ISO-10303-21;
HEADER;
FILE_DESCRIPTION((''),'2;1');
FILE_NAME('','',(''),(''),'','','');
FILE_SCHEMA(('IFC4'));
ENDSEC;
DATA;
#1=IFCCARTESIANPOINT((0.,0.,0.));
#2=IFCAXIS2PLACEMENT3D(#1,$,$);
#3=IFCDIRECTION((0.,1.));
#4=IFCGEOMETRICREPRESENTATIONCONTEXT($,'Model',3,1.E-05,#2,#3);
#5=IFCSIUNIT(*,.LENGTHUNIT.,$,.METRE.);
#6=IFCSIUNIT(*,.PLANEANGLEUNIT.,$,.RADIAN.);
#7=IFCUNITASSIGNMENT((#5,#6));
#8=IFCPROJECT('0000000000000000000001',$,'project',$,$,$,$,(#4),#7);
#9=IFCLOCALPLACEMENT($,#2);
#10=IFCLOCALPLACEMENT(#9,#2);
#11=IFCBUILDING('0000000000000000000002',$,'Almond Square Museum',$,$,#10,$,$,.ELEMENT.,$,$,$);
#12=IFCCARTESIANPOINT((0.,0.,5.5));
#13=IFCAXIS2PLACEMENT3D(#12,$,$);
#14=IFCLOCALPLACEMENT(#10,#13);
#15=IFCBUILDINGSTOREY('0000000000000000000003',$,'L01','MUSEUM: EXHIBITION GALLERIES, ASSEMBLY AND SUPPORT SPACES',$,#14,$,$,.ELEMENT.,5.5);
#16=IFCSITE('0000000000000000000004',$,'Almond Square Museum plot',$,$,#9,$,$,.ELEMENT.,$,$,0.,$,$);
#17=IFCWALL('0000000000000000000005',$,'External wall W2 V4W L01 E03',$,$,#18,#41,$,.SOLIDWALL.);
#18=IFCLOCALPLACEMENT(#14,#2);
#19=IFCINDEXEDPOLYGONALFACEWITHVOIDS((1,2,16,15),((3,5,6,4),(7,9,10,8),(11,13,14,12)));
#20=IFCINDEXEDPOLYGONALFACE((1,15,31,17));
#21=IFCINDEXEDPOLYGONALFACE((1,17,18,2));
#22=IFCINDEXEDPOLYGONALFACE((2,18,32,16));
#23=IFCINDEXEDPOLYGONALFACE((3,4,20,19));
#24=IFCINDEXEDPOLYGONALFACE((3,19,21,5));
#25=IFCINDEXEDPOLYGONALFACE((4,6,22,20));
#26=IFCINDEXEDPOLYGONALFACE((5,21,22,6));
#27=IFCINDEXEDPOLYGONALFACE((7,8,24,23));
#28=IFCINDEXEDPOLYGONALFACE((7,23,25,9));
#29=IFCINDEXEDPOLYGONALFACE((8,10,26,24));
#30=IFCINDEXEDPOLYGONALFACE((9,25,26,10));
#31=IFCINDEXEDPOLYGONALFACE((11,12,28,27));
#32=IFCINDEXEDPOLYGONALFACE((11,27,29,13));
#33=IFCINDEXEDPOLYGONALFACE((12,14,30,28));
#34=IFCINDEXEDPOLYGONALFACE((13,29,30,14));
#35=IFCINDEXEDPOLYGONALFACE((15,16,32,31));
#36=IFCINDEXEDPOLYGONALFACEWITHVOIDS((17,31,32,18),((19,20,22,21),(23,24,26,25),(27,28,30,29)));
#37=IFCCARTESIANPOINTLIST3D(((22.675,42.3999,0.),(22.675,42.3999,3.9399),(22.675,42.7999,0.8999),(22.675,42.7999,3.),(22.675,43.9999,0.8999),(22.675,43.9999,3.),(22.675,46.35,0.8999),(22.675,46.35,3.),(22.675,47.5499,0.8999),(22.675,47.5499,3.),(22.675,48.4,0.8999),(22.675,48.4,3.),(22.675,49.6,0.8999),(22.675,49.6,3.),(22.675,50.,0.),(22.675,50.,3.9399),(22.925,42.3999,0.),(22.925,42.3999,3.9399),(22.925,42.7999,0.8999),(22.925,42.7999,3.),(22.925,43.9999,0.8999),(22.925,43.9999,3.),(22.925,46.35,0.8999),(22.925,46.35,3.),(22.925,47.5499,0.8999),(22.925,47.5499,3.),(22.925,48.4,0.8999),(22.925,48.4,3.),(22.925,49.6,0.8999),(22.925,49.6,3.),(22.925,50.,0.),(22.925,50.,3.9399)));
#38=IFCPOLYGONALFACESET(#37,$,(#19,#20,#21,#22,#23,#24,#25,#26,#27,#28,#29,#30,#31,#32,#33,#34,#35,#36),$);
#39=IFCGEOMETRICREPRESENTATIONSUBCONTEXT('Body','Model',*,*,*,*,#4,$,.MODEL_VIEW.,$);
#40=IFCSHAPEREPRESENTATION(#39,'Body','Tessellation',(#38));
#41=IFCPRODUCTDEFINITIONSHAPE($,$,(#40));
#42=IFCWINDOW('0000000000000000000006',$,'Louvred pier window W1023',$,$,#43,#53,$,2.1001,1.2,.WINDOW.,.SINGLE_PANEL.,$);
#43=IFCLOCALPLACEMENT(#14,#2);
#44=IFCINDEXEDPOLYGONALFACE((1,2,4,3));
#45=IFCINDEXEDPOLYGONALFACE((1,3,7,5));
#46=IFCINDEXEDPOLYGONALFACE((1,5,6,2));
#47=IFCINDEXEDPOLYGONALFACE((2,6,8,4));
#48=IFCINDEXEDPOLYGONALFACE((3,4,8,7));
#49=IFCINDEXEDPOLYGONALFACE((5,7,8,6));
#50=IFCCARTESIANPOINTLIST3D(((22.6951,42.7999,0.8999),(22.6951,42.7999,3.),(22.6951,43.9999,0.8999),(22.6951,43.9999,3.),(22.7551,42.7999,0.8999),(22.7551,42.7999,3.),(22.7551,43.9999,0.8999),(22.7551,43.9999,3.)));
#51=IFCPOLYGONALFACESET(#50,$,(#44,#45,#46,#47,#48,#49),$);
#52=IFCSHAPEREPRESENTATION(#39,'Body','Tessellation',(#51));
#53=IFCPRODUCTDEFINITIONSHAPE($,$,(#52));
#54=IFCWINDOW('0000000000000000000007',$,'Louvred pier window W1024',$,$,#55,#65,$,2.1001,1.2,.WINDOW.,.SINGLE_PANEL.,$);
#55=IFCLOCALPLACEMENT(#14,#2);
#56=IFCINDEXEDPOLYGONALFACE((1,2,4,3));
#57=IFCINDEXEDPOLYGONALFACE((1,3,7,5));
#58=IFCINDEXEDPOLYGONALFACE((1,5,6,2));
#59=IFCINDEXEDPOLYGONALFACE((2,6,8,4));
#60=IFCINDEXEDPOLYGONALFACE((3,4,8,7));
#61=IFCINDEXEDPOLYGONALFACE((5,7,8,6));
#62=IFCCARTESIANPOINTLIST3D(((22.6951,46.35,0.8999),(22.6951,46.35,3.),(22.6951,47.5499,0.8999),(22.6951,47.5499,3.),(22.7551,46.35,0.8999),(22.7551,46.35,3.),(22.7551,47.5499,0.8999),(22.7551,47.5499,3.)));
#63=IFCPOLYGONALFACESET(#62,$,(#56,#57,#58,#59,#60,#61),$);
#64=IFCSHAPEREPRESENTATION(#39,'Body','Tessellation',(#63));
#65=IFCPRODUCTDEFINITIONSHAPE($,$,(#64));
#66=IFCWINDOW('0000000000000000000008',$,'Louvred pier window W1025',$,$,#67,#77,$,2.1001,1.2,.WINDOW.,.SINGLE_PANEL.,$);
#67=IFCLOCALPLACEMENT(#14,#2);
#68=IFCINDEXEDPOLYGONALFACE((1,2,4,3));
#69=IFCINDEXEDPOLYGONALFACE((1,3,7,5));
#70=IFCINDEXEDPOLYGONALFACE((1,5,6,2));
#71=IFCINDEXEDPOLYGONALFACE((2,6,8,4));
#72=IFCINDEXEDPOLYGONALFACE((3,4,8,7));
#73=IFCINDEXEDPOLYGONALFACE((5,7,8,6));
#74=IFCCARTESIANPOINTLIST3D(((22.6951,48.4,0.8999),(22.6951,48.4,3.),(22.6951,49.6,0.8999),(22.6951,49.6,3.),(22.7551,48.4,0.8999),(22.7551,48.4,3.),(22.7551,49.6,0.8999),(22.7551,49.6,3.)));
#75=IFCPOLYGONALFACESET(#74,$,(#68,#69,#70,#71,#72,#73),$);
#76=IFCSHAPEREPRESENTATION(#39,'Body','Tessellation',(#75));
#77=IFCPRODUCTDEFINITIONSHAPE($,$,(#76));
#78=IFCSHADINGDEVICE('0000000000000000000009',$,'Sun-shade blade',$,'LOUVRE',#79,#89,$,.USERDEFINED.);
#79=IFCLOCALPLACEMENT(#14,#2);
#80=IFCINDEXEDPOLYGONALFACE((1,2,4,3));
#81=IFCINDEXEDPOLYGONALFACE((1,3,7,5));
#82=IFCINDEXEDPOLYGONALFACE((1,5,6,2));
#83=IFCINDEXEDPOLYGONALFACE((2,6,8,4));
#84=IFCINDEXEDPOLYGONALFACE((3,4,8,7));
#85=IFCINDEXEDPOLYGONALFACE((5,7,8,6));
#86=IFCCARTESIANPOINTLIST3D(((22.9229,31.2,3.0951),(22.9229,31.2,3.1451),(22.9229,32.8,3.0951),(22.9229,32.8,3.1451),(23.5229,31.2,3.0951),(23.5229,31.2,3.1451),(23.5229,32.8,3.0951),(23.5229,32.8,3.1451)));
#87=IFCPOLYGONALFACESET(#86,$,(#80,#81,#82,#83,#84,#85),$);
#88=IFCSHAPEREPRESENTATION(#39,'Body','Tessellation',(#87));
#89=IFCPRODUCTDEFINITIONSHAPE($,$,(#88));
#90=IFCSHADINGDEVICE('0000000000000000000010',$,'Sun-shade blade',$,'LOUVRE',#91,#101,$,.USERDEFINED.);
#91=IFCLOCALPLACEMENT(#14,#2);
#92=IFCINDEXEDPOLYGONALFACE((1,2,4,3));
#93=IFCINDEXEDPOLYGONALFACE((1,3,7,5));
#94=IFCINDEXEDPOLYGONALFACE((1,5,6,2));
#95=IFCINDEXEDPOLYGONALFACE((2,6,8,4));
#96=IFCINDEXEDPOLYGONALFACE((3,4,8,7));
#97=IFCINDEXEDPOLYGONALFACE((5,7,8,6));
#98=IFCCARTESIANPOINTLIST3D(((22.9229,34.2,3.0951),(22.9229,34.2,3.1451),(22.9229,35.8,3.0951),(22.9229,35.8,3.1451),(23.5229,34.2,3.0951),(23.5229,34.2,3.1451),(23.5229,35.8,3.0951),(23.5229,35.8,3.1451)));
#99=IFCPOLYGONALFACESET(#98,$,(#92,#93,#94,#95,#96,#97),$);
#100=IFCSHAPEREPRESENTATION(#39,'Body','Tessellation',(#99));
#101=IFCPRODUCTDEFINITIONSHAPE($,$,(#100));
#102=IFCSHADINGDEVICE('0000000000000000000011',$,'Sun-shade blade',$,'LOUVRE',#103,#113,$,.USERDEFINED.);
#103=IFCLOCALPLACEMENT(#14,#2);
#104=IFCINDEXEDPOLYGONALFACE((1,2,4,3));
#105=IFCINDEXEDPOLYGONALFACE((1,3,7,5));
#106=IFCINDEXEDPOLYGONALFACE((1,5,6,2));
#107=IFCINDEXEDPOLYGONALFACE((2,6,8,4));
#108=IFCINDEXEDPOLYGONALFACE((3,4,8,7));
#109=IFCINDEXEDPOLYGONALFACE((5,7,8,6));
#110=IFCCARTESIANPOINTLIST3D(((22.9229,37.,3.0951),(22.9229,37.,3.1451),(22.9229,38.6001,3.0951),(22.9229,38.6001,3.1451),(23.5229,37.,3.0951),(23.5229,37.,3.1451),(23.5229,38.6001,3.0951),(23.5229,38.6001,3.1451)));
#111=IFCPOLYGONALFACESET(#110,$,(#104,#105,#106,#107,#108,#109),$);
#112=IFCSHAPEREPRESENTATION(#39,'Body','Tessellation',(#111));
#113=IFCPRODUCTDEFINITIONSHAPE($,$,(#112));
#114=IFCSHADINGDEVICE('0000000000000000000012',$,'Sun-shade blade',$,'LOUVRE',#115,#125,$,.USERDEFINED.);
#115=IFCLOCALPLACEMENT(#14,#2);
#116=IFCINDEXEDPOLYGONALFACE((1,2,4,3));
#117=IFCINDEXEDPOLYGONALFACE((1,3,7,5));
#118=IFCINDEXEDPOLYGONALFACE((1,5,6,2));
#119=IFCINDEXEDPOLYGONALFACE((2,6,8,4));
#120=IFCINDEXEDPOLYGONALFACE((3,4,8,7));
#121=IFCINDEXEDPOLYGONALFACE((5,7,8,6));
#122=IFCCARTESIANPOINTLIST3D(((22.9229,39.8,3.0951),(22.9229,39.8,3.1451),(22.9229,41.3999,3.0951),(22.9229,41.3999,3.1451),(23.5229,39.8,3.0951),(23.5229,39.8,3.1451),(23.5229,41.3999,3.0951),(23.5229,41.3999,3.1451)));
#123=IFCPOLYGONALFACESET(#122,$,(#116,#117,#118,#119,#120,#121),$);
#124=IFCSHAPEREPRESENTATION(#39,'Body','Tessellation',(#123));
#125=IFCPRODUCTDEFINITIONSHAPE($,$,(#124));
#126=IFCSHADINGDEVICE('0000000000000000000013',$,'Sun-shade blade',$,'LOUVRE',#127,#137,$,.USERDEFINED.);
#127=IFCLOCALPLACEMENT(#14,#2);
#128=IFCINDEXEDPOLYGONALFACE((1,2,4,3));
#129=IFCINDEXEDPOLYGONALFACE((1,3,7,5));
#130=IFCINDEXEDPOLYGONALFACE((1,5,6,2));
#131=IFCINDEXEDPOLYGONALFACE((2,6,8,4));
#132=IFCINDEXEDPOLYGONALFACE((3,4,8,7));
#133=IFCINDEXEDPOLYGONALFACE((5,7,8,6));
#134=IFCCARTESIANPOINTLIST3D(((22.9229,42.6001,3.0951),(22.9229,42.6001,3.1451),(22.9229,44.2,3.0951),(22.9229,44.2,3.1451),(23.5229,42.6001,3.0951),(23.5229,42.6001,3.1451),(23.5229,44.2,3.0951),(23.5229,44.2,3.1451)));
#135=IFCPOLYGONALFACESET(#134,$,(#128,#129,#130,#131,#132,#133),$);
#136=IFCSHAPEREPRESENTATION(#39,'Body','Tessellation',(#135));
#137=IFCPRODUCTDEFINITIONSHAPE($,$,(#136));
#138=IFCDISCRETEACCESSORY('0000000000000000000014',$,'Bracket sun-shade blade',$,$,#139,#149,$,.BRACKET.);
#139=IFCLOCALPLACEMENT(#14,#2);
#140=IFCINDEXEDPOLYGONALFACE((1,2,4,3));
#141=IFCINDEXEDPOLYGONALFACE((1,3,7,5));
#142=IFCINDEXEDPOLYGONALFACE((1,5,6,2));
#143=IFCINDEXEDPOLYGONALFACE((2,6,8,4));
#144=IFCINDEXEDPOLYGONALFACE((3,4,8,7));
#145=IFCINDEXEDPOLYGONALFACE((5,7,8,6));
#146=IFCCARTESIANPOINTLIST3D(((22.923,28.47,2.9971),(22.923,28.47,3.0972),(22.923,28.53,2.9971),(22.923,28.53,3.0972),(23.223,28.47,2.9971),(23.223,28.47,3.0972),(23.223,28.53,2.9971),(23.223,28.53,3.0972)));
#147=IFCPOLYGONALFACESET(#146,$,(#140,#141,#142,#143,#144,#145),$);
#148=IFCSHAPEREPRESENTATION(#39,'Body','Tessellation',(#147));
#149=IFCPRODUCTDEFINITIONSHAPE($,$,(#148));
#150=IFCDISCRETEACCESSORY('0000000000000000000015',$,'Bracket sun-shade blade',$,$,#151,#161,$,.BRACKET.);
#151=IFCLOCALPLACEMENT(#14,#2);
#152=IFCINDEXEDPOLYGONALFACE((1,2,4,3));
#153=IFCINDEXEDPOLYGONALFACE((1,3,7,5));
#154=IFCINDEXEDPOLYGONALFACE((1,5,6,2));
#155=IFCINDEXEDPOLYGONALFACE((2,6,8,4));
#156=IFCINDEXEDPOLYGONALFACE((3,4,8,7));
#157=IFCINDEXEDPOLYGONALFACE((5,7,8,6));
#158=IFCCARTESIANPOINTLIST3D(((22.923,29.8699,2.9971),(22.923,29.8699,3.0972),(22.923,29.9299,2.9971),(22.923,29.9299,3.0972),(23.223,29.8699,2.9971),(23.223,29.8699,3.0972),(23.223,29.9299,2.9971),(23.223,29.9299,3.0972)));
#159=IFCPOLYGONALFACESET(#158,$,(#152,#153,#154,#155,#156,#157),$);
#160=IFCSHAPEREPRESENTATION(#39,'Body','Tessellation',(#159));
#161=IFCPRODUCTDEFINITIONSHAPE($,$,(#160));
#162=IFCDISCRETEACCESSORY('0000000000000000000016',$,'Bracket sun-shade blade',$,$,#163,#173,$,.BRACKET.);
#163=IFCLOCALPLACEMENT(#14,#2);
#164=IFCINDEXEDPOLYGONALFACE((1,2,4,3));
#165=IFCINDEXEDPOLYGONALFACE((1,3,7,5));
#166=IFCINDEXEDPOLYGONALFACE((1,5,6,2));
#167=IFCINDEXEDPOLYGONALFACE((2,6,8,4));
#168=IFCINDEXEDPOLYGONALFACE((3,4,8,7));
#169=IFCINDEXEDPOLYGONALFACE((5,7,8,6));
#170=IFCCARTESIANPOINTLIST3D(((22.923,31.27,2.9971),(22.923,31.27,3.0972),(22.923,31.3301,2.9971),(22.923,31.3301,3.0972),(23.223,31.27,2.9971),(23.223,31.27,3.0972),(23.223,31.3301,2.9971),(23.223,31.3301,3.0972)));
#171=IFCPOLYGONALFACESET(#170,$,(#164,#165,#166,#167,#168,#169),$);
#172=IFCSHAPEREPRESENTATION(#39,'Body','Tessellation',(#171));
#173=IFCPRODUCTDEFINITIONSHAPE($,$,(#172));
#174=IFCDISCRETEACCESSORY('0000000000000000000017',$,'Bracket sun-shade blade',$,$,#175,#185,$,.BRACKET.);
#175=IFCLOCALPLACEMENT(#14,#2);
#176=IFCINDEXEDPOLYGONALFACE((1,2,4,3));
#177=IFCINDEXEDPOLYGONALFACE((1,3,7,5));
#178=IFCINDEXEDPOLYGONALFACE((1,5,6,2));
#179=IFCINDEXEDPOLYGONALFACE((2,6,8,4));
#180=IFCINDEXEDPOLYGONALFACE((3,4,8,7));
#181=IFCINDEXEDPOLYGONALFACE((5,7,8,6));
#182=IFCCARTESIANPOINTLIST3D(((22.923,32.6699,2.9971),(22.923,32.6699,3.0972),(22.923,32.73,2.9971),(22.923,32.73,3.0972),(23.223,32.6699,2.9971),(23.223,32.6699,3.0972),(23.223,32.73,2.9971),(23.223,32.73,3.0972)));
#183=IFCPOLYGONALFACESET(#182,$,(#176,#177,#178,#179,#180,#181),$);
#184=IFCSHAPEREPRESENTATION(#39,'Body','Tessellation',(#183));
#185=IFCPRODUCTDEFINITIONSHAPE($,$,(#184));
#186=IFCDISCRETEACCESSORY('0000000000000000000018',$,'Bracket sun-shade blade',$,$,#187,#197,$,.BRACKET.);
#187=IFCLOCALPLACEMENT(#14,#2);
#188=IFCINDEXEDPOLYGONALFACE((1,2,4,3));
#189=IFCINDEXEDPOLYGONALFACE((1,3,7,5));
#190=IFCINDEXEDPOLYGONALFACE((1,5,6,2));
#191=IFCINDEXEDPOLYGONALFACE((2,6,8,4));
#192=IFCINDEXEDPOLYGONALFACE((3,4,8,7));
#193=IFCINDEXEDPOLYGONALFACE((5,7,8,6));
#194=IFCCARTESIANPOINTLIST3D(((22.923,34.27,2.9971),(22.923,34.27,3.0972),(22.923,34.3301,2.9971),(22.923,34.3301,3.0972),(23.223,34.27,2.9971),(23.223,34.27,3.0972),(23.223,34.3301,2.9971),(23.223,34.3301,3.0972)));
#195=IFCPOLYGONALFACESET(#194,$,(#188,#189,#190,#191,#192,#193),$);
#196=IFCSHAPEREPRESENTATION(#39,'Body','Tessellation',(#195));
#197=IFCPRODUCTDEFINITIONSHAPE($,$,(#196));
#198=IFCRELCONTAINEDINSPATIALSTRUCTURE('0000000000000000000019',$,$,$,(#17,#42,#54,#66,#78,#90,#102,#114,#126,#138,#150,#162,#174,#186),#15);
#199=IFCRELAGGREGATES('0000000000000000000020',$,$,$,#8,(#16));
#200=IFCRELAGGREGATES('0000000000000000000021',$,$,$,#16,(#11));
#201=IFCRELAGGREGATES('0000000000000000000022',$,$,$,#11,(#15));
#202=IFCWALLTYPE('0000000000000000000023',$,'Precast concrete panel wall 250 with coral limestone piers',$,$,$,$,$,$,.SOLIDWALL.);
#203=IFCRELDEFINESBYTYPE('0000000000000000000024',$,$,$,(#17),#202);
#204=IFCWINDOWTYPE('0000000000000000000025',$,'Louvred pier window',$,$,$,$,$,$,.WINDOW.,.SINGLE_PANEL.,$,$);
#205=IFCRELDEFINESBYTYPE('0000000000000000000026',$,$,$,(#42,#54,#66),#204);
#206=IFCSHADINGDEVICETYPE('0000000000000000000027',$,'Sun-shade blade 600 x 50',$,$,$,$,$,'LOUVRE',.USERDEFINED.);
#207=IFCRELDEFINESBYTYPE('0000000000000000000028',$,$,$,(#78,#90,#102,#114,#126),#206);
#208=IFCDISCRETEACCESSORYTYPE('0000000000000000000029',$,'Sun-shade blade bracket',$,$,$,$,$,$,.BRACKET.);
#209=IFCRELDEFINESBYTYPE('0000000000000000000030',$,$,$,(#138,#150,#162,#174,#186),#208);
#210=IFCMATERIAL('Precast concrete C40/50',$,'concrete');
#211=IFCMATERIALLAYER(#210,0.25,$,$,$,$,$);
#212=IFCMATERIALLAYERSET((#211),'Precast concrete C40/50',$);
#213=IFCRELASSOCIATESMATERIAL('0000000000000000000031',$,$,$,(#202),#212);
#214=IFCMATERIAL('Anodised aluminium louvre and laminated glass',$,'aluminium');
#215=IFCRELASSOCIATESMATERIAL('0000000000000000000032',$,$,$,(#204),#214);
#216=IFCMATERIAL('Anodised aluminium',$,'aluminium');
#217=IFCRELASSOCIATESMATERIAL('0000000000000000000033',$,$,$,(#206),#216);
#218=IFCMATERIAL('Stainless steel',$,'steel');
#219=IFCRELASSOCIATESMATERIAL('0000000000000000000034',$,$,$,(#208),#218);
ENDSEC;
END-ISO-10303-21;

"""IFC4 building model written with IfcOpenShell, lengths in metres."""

from ifc_helpers import new_model, si_unit, direction, frame, frame_2d, origin, origin_2d, place, context, subcontext, project, spatial, rectangle, extrude, material, layer, layer_set, material_profile, profile_set, type_object, element, fill, save


model = new_model("IFC4")

# Units and contexts
model_context = context("Model", 3, precision=1e-05, world=origin(), true_north=direction((0.0, 1.0)))
body_context = subcontext(model_context, "Body", "Model", "MODEL_VIEW")
ifc_project = project(units=[si_unit("LENGTHUNIT", "METRE"), si_unit("PLANEANGLEUNIT", "RADIAN")], contexts=[model_context])

# Site, building, storey
site_placement = place(None, origin())
site = spatial("IfcSite", under=ifc_project, at=site_placement, Name="Almond Square Museum plot", CompositionType="ELEMENT", RefElevation=0.0)
building_placement = place(site_placement, origin())
building = spatial("IfcBuilding", under=site, at=building_placement, Name="Almond Square Museum", CompositionType="ELEMENT")
storey_placement = place(building_placement, frame((0.0, 0.0, 5.5)))
storey = spatial("IfcBuildingStorey", under=building, at=storey_placement, Name="L01", Description="MUSEUM: EXHIBITION GALLERIES, ASSEMBLY AND SUPPORT SPACES", CompositionType="ELEMENT", Elevation=5.5)

# Wall, openings, windows
ifc_material_1 = material(Name="Precast concrete C40/50", Category="concrete")
ifc_layer = layer(ifc_material_1, 0.25)
ifc_layer_set = layer_set([ifc_layer], Name="Precast concrete C40/50")
wall_type = type_object("IfcWallType", Name="Precast concrete panel wall 250 with coral limestone piers", PredefinedType="SOLIDWALL", material=ifc_layer_set)
ifc_material_2 = material(Name="Anodised aluminium louvre and laminated glass", Category="aluminium")
window_type = type_object("IfcWindowType", Name="Louvred pier window", PartitioningType="SINGLE_PANEL", PredefinedType="WINDOW", material=ifc_material_2)
wall_1_placement = place(storey_placement, frame((22.8, 42.3999, 0.0), z_axis=(0.0, 0.0, 1.0), x_axis=(0.0, 1.0, 0.0)))
wall_1 = element("IfcWall", 1, at=wall_1_placement, inside=storey, type_object=wall_type, Name="External wall W2 V4W L01 E03", PredefinedType="SOLIDWALL", context=body_context, shape_type="SweptSolid", body=[
    extrude(rectangle(XDim=7.6001, YDim=0.25, at=frame_2d((3.8, 0.0))), origin(), (0.0, 0.0, 1.0), 3.9399),
])
opening_1_placement = place(wall_1_placement, frame((0.3999, 0.0, 0.8999)))
opening_1 = element("IfcOpeningElement", 2, at=opening_1_placement, cuts=wall_1, PredefinedType="OPENING", context=body_context, shape_type="SweptSolid", body=[
    extrude(rectangle(XDim=1.2, YDim=2.1001, at=frame_2d((0.6001, 1.05))), frame((0.0, 0.135, 0.0), z_axis=(0.0, -1.0, 0.0), x_axis=(1.0, 0.0, 0.0)), (0.0, 0.0, 1.0), 0.27),
])
opening_2_placement = place(wall_1_placement, frame((3.95, 0.0, 0.8999)))
opening_2 = element("IfcOpeningElement", 3, at=opening_2_placement, cuts=wall_1, PredefinedType="OPENING", context=body_context, shape_type="SweptSolid", body=[
    extrude(rectangle(XDim=1.2, YDim=2.1001, at=frame_2d((0.6001, 1.05))), frame((0.0, 0.135, 0.0), z_axis=(0.0, -1.0, 0.0), x_axis=(1.0, 0.0, 0.0)), (0.0, 0.0, 1.0), 0.27),
])
opening_3_placement = place(wall_1_placement, frame((6.0, 0.0, 0.8999)))
opening_3 = element("IfcOpeningElement", 4, at=opening_3_placement, cuts=wall_1, PredefinedType="OPENING", context=body_context, shape_type="SweptSolid", body=[
    extrude(rectangle(XDim=1.2, YDim=2.1001, at=frame_2d((0.6001, 1.05))), frame((0.0, 0.135, 0.0), z_axis=(0.0, -1.0, 0.0), x_axis=(1.0, 0.0, 0.0)), (0.0, 0.0, 1.0), 0.27),
])
window_1_placement = place(opening_1_placement, origin())
window_1 = element("IfcWindow", 5, at=window_1_placement, inside=storey, type_object=window_type, Name="Louvred pier window W1023", OverallHeight=2.1001, OverallWidth=1.2, PartitioningType="SINGLE_PANEL", PredefinedType="WINDOW", context=body_context, shape_type="SweptSolid", body=[
    extrude(rectangle(XDim=1.2, YDim=2.1001, at=frame_2d((0.6001, 1.05))), frame((0.0, 0.105, 0.0), z_axis=(0.0, -1.0, 0.0), x_axis=(1.0, 0.0, 0.0)), (0.0, 0.0, 1.0), 0.0601),
])
fill(opening_1, window_1)
window_2_placement = place(opening_2_placement, origin())
window_2 = element("IfcWindow", 6, at=window_2_placement, inside=storey, type_object=window_type, Name="Louvred pier window W1024", OverallHeight=2.1001, OverallWidth=1.2, PartitioningType="SINGLE_PANEL", PredefinedType="WINDOW", context=body_context, shape_type="SweptSolid", body=[
    extrude(rectangle(XDim=1.2, YDim=2.1001, at=frame_2d((0.6001, 1.05))), frame((0.0, 0.105, 0.0), z_axis=(0.0, -1.0, 0.0), x_axis=(1.0, 0.0, 0.0)), (0.0, 0.0, 1.0), 0.0601),
])
fill(opening_2, window_2)
window_3_placement = place(opening_3_placement, origin())
window_3 = element("IfcWindow", 7, at=window_3_placement, inside=storey, type_object=window_type, Name="Louvred pier window W1025", OverallHeight=2.1001, OverallWidth=1.2, PartitioningType="SINGLE_PANEL", PredefinedType="WINDOW", context=body_context, shape_type="SweptSolid", body=[
    extrude(rectangle(XDim=1.2, YDim=2.1001, at=frame_2d((0.6001, 1.05))), frame((0.0, 0.105, 0.0), z_axis=(0.0, -1.0, 0.0), x_axis=(1.0, 0.0, 0.0)), (0.0, 0.0, 1.0), 0.0601),
])
fill(opening_3, window_3)

# Shading devices
ifc_material_3 = material(Name="Anodised aluminium", Category="aluminium")
ifc_material_profile_1 = material_profile(ifc_material_3, rectangle(XDim=0.6001, YDim=0.05, at=origin_2d()))
ifc_profile_set_1 = profile_set([ifc_material_profile_1], Name="Anodised aluminium")
shading_device_type = type_object("IfcShadingDeviceType", Name="Sun-shade blade 600 x 50", ElementType="LOUVRE", PredefinedType="USERDEFINED", material=ifc_profile_set_1)
for number, where, z_axis, x_axis, name in (
    (8, (23.2229, 31.2, 3.1201), (0.0, 1.0, 0.0), (-1.0, 0.0, 0.0), "Sun-shade blade"),
    (9, (23.2229, 34.2, 3.1201), (0.0, 1.0, 0.0), (-1.0, 0.0, 0.0), "Sun-shade blade"),
    (10, (23.2229, 37.0, 3.1201), (0.0, 1.0, 0.0), (-1.0, 0.0, 0.0), "Sun-shade blade"),
):
    element("IfcShadingDevice", number, at=place(storey_placement, frame(where, z_axis=z_axis, x_axis=x_axis)), inside=storey, type_object=shading_device_type, Name=name, ObjectType="LOUVRE", PredefinedType="USERDEFINED", context=body_context, shape_type="SweptSolid", body=[
        extrude(rectangle(XDim=0.6001, YDim=0.05, at=origin_2d()), origin(), (0.0, 0.0, 1.0), 1.6001),
    ])
for number, where, z_axis, x_axis, name in (
    (11, (23.2229, 39.8, 3.1201), (0.0, 1.0, 0.0), (-1.0, 0.0, 0.0), "Sun-shade blade"),
    (12, (23.2229, 42.6001, 3.1201), (0.0, 1.0, 0.0), (-1.0, 0.0, 0.0), "Sun-shade blade"),
):
    element("IfcShadingDevice", number, at=place(storey_placement, frame(where, z_axis=z_axis, x_axis=x_axis)), inside=storey, type_object=shading_device_type, Name=name, ObjectType="LOUVRE", PredefinedType="USERDEFINED", context=body_context, shape_type="SweptSolid", body=[
        extrude(rectangle(XDim=0.6001, YDim=0.05, at=origin_2d()), origin(), (0.0, 0.0, 1.0), 1.5999),
    ])

# Discrete accessories
ifc_material_4 = material(Name="Stainless steel", Category="steel")
discrete_accessory_type = type_object("IfcDiscreteAccessoryType", Name="Sun-shade blade bracket", PredefinedType="BRACKET", material=ifc_material_4)
for number, where, z_axis, x_axis, name in (
    (13, (23.073, 28.5, 2.9971), (0.0, 0.0, 1.0), (1.0, 0.0, 0.0), "Bracket sun-shade blade"),
    (14, (23.073, 29.8999, 2.9971), (0.0, 0.0, 1.0), (1.0, 0.0, 0.0), "Bracket sun-shade blade"),
    (15, (23.073, 31.3, 2.9971), (0.0, 0.0, 1.0), (1.0, 0.0, 0.0), "Bracket sun-shade blade"),
    (16, (23.073, 32.7, 2.9971), (0.0, 0.0, 1.0), (1.0, 0.0, 0.0), "Bracket sun-shade blade"),
    (17, (23.073, 34.3, 2.9971), (0.0, 0.0, 1.0), (1.0, 0.0, 0.0), "Bracket sun-shade blade"),
):
    element("IfcDiscreteAccessory", number, at=place(storey_placement, frame(where, z_axis=z_axis, x_axis=x_axis)), inside=storey, type_object=discrete_accessory_type, Name=name, PredefinedType="BRACKET", context=body_context, shape_type="SweptSolid", body=[
        extrude(rectangle(XDim=0.3, YDim=0.0601, at=origin_2d()), origin(), (0.0, 0.0, 1.0), 0.1001),
    ])

save(model, "model.ifc")
